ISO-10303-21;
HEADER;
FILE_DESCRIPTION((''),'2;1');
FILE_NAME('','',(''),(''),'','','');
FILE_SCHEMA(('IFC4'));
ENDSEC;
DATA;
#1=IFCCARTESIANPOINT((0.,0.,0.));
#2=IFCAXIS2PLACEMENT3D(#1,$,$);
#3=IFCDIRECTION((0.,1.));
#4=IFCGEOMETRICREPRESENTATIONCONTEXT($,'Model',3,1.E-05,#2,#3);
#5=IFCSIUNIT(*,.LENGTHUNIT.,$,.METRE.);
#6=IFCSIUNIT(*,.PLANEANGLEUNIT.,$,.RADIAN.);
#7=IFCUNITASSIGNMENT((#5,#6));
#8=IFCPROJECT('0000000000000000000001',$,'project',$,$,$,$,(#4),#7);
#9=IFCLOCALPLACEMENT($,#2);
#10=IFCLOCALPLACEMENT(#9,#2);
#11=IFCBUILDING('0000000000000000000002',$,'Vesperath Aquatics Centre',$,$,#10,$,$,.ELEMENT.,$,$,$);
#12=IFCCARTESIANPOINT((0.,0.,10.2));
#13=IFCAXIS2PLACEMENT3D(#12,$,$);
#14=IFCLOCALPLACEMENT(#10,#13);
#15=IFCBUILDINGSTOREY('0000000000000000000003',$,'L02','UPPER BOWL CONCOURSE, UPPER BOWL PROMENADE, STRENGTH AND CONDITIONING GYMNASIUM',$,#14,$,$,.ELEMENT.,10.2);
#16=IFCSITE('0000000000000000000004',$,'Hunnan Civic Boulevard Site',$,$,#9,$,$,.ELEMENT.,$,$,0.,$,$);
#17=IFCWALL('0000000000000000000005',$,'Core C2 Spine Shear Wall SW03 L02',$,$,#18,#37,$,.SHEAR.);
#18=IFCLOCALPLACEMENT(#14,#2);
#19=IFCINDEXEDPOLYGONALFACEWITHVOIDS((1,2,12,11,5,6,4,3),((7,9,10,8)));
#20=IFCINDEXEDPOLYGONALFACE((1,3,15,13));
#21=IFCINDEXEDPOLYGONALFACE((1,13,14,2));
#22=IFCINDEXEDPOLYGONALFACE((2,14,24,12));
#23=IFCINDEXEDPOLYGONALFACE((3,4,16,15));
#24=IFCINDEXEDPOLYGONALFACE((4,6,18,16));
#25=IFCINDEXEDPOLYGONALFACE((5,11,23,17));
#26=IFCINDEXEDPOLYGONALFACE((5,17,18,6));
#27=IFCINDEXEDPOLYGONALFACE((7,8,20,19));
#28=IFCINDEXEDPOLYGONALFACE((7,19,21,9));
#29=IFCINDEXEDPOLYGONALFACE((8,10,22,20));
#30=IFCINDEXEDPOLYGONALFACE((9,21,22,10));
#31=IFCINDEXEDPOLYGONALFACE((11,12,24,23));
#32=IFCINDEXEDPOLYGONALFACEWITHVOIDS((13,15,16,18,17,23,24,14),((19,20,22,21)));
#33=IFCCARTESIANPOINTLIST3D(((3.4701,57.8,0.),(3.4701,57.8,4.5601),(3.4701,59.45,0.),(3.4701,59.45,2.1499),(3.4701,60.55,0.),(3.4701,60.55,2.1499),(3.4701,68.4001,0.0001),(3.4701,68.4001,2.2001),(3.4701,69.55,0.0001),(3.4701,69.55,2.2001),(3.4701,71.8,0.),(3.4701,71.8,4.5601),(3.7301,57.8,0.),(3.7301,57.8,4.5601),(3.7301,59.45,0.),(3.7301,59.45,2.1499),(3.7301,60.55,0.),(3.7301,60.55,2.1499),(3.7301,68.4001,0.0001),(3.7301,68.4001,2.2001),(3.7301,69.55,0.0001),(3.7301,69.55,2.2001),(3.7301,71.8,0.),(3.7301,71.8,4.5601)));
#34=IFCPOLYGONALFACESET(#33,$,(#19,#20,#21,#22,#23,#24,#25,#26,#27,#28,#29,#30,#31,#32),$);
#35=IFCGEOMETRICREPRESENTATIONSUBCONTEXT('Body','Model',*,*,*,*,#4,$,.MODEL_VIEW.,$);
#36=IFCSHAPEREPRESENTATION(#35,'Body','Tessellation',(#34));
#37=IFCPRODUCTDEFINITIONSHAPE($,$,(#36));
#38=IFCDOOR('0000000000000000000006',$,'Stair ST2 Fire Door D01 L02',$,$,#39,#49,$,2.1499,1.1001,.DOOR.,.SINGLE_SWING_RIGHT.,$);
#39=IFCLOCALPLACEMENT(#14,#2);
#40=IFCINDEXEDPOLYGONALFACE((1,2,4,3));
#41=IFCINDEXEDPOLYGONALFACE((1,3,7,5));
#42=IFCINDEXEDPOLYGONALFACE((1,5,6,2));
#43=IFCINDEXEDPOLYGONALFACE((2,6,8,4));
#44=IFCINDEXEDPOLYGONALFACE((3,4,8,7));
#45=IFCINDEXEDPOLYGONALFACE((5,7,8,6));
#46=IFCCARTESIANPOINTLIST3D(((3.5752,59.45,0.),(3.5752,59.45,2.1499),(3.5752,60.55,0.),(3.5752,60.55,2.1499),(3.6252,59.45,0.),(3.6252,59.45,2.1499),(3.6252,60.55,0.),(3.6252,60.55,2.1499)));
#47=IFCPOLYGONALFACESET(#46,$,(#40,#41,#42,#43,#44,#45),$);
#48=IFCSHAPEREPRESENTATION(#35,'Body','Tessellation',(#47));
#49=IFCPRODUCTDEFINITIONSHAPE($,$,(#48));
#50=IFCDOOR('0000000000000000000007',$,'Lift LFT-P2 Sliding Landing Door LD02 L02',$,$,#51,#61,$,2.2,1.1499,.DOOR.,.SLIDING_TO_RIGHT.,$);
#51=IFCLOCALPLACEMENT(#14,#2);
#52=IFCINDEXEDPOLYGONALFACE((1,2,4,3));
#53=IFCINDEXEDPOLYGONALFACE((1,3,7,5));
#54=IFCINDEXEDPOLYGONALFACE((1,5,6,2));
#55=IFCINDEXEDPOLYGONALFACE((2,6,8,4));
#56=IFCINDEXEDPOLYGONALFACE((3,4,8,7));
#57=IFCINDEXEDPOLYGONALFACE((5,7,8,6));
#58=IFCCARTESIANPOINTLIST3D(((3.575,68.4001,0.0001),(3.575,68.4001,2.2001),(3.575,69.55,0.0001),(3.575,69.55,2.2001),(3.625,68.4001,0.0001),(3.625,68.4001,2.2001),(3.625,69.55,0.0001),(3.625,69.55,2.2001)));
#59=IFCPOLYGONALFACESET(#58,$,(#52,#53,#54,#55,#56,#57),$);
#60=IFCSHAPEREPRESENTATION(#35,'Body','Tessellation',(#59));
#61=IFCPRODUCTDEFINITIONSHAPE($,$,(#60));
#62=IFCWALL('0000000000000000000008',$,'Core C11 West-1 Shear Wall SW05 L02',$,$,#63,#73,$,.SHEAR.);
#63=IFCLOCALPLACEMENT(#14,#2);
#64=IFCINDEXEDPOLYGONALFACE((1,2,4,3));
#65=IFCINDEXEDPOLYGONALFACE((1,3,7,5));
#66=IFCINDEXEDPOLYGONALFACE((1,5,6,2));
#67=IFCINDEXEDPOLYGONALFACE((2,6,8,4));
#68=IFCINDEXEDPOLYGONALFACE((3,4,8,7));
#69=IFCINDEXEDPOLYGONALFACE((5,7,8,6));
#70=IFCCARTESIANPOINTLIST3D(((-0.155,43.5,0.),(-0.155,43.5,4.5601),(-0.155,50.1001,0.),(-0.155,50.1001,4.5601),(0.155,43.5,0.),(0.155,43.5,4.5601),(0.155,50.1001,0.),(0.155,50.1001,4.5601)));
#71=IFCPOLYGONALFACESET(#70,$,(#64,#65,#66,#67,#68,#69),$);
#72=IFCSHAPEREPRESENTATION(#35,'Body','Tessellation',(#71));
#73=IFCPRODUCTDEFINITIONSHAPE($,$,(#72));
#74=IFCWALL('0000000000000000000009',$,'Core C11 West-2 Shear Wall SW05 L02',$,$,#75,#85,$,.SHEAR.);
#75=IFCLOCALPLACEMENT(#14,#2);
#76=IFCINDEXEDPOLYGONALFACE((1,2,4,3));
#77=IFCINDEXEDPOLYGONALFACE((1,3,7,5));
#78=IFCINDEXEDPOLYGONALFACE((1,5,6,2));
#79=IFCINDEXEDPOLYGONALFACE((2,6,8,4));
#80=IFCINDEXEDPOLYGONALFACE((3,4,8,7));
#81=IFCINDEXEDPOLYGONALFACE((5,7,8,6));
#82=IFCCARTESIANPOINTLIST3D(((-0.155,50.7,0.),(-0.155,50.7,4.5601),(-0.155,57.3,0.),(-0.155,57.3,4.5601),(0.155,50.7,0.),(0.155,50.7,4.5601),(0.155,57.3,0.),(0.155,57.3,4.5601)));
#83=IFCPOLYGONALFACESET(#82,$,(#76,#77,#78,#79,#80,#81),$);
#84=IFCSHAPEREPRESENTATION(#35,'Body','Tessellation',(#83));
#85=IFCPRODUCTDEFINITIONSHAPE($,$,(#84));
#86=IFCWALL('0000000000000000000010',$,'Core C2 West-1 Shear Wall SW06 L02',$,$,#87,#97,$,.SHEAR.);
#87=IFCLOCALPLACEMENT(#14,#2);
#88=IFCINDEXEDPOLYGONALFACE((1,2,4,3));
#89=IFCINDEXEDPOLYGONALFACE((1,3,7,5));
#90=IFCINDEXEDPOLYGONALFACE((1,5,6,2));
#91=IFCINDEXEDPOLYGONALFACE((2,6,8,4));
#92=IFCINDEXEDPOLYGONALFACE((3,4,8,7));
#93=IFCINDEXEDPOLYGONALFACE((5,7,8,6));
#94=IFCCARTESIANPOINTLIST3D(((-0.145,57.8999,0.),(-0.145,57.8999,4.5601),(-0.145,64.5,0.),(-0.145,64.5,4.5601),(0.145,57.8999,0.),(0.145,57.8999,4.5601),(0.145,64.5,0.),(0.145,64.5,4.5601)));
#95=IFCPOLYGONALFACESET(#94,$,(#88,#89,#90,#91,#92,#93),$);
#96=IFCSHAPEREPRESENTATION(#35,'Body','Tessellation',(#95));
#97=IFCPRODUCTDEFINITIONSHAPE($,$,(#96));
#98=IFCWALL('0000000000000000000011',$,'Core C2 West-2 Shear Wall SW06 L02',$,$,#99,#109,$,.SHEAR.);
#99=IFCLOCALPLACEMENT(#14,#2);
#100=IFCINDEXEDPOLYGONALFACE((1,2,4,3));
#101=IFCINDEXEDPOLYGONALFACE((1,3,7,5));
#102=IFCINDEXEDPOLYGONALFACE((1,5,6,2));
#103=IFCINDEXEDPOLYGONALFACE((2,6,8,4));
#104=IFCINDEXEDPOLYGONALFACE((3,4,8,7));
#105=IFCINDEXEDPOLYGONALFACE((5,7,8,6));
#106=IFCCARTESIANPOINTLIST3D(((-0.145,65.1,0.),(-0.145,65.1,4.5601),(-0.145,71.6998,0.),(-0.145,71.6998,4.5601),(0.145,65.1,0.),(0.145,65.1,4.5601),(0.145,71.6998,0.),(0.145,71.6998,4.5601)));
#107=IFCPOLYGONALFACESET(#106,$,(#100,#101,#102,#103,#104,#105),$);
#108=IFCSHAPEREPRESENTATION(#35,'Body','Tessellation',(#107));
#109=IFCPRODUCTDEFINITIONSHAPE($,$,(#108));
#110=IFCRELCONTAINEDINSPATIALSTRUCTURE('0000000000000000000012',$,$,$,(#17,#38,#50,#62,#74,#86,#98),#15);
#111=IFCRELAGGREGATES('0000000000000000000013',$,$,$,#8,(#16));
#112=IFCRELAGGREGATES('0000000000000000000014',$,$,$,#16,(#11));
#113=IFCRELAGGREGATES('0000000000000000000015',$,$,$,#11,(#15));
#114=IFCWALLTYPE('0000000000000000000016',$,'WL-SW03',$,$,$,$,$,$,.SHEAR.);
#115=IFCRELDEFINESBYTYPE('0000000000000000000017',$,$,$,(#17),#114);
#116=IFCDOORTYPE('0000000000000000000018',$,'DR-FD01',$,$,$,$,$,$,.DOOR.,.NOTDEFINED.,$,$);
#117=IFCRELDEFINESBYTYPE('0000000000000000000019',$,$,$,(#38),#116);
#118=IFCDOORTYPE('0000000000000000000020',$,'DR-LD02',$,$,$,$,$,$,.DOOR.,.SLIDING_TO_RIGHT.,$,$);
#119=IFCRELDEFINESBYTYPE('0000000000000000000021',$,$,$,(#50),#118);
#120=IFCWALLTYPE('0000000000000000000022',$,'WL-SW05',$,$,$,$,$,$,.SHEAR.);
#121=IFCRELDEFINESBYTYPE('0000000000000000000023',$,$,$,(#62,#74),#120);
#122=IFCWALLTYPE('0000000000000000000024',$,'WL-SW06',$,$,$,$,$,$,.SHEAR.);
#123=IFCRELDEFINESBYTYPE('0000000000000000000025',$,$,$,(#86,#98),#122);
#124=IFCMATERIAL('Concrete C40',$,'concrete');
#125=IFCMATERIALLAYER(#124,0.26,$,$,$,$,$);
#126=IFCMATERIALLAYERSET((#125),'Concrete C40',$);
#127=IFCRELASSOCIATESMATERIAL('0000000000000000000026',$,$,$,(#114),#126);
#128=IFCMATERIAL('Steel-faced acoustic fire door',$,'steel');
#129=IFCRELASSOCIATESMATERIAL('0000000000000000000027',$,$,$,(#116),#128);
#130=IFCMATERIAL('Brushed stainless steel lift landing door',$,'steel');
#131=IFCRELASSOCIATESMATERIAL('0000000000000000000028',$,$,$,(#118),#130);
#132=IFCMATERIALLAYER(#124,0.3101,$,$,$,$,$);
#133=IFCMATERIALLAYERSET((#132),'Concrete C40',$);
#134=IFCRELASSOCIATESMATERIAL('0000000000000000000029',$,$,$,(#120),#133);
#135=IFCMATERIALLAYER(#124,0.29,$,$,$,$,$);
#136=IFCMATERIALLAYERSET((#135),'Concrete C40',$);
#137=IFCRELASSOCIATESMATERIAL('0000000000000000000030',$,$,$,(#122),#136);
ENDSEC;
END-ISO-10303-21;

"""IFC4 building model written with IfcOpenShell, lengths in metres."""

from ifc_helpers import new_model, si_unit, direction, frame, frame_2d, origin, place, context, subcontext, project, spatial, rectangle, extrude, material, layer, layer_set, type_object, element, fill, save


model = new_model("IFC4")

# Units and contexts
model_context = context("Model", 3, precision=1e-05, world=origin(), true_north=direction((0.0, 1.0)))
body_context = subcontext(model_context, "Body", "Model", "MODEL_VIEW")
ifc_project = project(units=[si_unit("LENGTHUNIT", "METRE"), si_unit("PLANEANGLEUNIT", "RADIAN")], contexts=[model_context])

# Site, building, storey
site_placement = place(None, origin())
site = spatial("IfcSite", under=ifc_project, at=site_placement, Name="Hunnan Civic Boulevard Site", CompositionType="ELEMENT", RefElevation=0.0)
building_placement = place(site_placement, origin())
building = spatial("IfcBuilding", under=site, at=building_placement, Name="Vesperath Aquatics Centre", CompositionType="ELEMENT")
storey_placement = place(building_placement, frame((0.0, 0.0, 10.2)))
storey = spatial("IfcBuildingStorey", under=building, at=storey_placement, Name="L02", Description="UPPER BOWL CONCOURSE, UPPER BOWL PROMENADE, STRENGTH AND CONDITIONING GYMNASIUM", CompositionType="ELEMENT", Elevation=10.2)

# Shared definitions
ifc_material_1 = material(Name="Concrete C40", Category="concrete")

# Wall, openings, doors
ifc_layer_1 = layer(ifc_material_1, 0.26)
ifc_layer_set_1 = layer_set([ifc_layer_1], Name="Concrete C40")
wall_type_1 = type_object("IfcWallType", Name="WL-SW03", PredefinedType="SHEAR", material=ifc_layer_set_1)
wall_1_placement = place(storey_placement, frame((3.6001, 57.8, 0.0), z_axis=(0.0, 0.0, 1.0), x_axis=(0.0, 1.0, 0.0)))
wall_1 = element("IfcWall", 1, at=wall_1_placement, inside=storey, type_object=wall_type_1, Name="Core C2 Spine Shear Wall SW03 L02", PredefinedType="SHEAR", context=body_context, shape_type="SweptSolid", body=[
    extrude(rectangle(XDim=14.0, YDim=0.26, at=frame_2d((7.0, 0.0))), origin(), (0.0, 0.0, 1.0), 4.5601),
])
opening_1_placement = place(wall_1_placement, frame((1.6499, 0.0, 0.0)))
opening_1 = element("IfcOpeningElement", 2, at=opening_1_placement, cuts=wall_1, PredefinedType="OPENING", context=body_context, shape_type="SweptSolid", body=[
    extrude(rectangle(XDim=1.1001, YDim=2.1499, at=frame_2d((0.55, 1.075))), frame((0.0, 0.145, 0.0), z_axis=(0.0, -1.0, 0.0), x_axis=(1.0, 0.0, 0.0)), (0.0, 0.0, 1.0), 0.2898),
])
opening_2_placement = place(wall_1_placement, frame((10.6001, 0.0, 0.0)))
opening_2 = element("IfcOpeningElement", 3, at=opening_2_placement, cuts=wall_1, PredefinedType="OPENING", context=body_context, shape_type="SweptSolid", body=[
    extrude(rectangle(XDim=1.1499, YDim=2.2, at=frame_2d((0.575, 1.1001))), frame((0.0, 0.145, 0.0), z_axis=(0.0, -1.0, 0.0), x_axis=(1.0, 0.0, 0.0)), (0.0, 0.0, 1.0), 0.2898),
])
ifc_material_2 = material(Name="Steel-faced acoustic fire door", Category="steel")
door_type_1 = type_object("IfcDoorType", Name="DR-FD01", OperationType="NOTDEFINED", PredefinedType="DOOR", material=ifc_material_2)
door_1_placement = place(opening_1_placement, origin())
door_1 = element("IfcDoor", 4, at=door_1_placement, inside=storey, type_object=door_type_1, Name="Stair ST2 Fire Door D01 L02", OperationType="SINGLE_SWING_RIGHT", OverallHeight=2.1499, OverallWidth=1.1001, PredefinedType="DOOR", context=body_context, shape_type="SweptSolid", body=[
    extrude(rectangle(XDim=1.1001, YDim=2.1499, at=frame_2d((0.55, 1.075))), frame((0.0, 0.0249, 0.0), z_axis=(0.0, -1.0, 0.0), x_axis=(1.0, 0.0, 0.0)), (0.0, 0.0, 1.0), 0.05),
])
fill(opening_1, door_1)
ifc_material_3 = material(Name="Brushed stainless steel lift landing door", Category="steel")
door_type_2 = type_object("IfcDoorType", Name="DR-LD02", OperationType="SLIDING_TO_RIGHT", PredefinedType="DOOR", material=ifc_material_3)
door_2_placement = place(opening_2_placement, frame((1.1499, 0.0, 0.0), z_axis=(0.0, 0.0, 1.0), x_axis=(-1.0, 0.0, 0.0)))
door_2 = element("IfcDoor", 5, at=door_2_placement, inside=storey, type_object=door_type_2, Name="Lift LFT-P2 Sliding Landing Door LD02 L02", OperationType="SLIDING_TO_RIGHT", OverallHeight=2.2, OverallWidth=1.1499, PredefinedType="DOOR", context=body_context, shape_type="SweptSolid", body=[
    extrude(rectangle(XDim=1.1499, YDim=2.2, at=frame_2d((0.575, 1.1001))), frame((0.0, 0.0249, 0.0), z_axis=(0.0, -1.0, 0.0), x_axis=(1.0, 0.0, 0.0)), (0.0, 0.0, 1.0), 0.05),
])
fill(opening_2, door_2)

# Walls
ifc_layer_2 = layer(ifc_material_1, 0.3101)
ifc_layer_set_2 = layer_set([ifc_layer_2], Name="Concrete C40")
wall_type_2 = type_object("IfcWallType", Name="WL-SW05", PredefinedType="SHEAR", material=ifc_layer_set_2)
for number, where, z_axis, x_axis, name in (
    (6, (0.0, 43.5, 0.0), (0.0, 0.0, 1.0), (0.0, 1.0, 0.0), "Core C11 West-1 Shear Wall SW05 L02"),
    (7, (0.0, 50.7, 0.0), (0.0, 0.0, 1.0), (0.0, 1.0, 0.0), "Core C11 West-2 Shear Wall SW05 L02"),
):
    element("IfcWall", number, at=place(storey_placement, frame(where, z_axis=z_axis, x_axis=x_axis)), inside=storey, type_object=wall_type_2, Name=name, PredefinedType="SHEAR", context=body_context, shape_type="SweptSolid", body=[
        extrude(rectangle(XDim=6.6001, YDim=0.3101, at=frame_2d((3.3, 0.0))), origin(), (0.0, 0.0, 1.0), 4.5601),
    ])
ifc_layer_3 = layer(ifc_material_1, 0.29)
ifc_layer_set_3 = layer_set([ifc_layer_3], Name="Concrete C40")
wall_type_3 = type_object("IfcWallType", Name="WL-SW06", PredefinedType="SHEAR", material=ifc_layer_set_3)
wall_2_placement = place(storey_placement, frame((0.0, 57.8999, 0.0), z_axis=(0.0, 0.0, 1.0), x_axis=(0.0, 1.0, 0.0)))
element("IfcWall", 8, at=wall_2_placement, inside=storey, type_object=wall_type_3, Name="Core C2 West-1 Shear Wall SW06 L02", PredefinedType="SHEAR", context=body_context, shape_type="SweptSolid", body=[
    extrude(rectangle(XDim=6.6001, YDim=0.29, at=frame_2d((3.3, 0.0))), origin(), (0.0, 0.0, 1.0), 4.5601),
])
wall_3_placement = place(storey_placement, frame((0.0, 65.1001, 0.0), z_axis=(0.0, 0.0, 1.0), x_axis=(0.0, 1.0, 0.0)))
element("IfcWall", 9, at=wall_3_placement, inside=storey, type_object=wall_type_3, Name="Core C2 West-2 Shear Wall SW06 L02", PredefinedType="SHEAR", context=body_context, shape_type="SweptSolid", body=[
    extrude(rectangle(XDim=6.5999, YDim=0.29, at=frame_2d((3.2998, 0.0))), origin(), (0.0, 0.0, 1.0), 4.5601),
])

save(model, "model.ifc")
